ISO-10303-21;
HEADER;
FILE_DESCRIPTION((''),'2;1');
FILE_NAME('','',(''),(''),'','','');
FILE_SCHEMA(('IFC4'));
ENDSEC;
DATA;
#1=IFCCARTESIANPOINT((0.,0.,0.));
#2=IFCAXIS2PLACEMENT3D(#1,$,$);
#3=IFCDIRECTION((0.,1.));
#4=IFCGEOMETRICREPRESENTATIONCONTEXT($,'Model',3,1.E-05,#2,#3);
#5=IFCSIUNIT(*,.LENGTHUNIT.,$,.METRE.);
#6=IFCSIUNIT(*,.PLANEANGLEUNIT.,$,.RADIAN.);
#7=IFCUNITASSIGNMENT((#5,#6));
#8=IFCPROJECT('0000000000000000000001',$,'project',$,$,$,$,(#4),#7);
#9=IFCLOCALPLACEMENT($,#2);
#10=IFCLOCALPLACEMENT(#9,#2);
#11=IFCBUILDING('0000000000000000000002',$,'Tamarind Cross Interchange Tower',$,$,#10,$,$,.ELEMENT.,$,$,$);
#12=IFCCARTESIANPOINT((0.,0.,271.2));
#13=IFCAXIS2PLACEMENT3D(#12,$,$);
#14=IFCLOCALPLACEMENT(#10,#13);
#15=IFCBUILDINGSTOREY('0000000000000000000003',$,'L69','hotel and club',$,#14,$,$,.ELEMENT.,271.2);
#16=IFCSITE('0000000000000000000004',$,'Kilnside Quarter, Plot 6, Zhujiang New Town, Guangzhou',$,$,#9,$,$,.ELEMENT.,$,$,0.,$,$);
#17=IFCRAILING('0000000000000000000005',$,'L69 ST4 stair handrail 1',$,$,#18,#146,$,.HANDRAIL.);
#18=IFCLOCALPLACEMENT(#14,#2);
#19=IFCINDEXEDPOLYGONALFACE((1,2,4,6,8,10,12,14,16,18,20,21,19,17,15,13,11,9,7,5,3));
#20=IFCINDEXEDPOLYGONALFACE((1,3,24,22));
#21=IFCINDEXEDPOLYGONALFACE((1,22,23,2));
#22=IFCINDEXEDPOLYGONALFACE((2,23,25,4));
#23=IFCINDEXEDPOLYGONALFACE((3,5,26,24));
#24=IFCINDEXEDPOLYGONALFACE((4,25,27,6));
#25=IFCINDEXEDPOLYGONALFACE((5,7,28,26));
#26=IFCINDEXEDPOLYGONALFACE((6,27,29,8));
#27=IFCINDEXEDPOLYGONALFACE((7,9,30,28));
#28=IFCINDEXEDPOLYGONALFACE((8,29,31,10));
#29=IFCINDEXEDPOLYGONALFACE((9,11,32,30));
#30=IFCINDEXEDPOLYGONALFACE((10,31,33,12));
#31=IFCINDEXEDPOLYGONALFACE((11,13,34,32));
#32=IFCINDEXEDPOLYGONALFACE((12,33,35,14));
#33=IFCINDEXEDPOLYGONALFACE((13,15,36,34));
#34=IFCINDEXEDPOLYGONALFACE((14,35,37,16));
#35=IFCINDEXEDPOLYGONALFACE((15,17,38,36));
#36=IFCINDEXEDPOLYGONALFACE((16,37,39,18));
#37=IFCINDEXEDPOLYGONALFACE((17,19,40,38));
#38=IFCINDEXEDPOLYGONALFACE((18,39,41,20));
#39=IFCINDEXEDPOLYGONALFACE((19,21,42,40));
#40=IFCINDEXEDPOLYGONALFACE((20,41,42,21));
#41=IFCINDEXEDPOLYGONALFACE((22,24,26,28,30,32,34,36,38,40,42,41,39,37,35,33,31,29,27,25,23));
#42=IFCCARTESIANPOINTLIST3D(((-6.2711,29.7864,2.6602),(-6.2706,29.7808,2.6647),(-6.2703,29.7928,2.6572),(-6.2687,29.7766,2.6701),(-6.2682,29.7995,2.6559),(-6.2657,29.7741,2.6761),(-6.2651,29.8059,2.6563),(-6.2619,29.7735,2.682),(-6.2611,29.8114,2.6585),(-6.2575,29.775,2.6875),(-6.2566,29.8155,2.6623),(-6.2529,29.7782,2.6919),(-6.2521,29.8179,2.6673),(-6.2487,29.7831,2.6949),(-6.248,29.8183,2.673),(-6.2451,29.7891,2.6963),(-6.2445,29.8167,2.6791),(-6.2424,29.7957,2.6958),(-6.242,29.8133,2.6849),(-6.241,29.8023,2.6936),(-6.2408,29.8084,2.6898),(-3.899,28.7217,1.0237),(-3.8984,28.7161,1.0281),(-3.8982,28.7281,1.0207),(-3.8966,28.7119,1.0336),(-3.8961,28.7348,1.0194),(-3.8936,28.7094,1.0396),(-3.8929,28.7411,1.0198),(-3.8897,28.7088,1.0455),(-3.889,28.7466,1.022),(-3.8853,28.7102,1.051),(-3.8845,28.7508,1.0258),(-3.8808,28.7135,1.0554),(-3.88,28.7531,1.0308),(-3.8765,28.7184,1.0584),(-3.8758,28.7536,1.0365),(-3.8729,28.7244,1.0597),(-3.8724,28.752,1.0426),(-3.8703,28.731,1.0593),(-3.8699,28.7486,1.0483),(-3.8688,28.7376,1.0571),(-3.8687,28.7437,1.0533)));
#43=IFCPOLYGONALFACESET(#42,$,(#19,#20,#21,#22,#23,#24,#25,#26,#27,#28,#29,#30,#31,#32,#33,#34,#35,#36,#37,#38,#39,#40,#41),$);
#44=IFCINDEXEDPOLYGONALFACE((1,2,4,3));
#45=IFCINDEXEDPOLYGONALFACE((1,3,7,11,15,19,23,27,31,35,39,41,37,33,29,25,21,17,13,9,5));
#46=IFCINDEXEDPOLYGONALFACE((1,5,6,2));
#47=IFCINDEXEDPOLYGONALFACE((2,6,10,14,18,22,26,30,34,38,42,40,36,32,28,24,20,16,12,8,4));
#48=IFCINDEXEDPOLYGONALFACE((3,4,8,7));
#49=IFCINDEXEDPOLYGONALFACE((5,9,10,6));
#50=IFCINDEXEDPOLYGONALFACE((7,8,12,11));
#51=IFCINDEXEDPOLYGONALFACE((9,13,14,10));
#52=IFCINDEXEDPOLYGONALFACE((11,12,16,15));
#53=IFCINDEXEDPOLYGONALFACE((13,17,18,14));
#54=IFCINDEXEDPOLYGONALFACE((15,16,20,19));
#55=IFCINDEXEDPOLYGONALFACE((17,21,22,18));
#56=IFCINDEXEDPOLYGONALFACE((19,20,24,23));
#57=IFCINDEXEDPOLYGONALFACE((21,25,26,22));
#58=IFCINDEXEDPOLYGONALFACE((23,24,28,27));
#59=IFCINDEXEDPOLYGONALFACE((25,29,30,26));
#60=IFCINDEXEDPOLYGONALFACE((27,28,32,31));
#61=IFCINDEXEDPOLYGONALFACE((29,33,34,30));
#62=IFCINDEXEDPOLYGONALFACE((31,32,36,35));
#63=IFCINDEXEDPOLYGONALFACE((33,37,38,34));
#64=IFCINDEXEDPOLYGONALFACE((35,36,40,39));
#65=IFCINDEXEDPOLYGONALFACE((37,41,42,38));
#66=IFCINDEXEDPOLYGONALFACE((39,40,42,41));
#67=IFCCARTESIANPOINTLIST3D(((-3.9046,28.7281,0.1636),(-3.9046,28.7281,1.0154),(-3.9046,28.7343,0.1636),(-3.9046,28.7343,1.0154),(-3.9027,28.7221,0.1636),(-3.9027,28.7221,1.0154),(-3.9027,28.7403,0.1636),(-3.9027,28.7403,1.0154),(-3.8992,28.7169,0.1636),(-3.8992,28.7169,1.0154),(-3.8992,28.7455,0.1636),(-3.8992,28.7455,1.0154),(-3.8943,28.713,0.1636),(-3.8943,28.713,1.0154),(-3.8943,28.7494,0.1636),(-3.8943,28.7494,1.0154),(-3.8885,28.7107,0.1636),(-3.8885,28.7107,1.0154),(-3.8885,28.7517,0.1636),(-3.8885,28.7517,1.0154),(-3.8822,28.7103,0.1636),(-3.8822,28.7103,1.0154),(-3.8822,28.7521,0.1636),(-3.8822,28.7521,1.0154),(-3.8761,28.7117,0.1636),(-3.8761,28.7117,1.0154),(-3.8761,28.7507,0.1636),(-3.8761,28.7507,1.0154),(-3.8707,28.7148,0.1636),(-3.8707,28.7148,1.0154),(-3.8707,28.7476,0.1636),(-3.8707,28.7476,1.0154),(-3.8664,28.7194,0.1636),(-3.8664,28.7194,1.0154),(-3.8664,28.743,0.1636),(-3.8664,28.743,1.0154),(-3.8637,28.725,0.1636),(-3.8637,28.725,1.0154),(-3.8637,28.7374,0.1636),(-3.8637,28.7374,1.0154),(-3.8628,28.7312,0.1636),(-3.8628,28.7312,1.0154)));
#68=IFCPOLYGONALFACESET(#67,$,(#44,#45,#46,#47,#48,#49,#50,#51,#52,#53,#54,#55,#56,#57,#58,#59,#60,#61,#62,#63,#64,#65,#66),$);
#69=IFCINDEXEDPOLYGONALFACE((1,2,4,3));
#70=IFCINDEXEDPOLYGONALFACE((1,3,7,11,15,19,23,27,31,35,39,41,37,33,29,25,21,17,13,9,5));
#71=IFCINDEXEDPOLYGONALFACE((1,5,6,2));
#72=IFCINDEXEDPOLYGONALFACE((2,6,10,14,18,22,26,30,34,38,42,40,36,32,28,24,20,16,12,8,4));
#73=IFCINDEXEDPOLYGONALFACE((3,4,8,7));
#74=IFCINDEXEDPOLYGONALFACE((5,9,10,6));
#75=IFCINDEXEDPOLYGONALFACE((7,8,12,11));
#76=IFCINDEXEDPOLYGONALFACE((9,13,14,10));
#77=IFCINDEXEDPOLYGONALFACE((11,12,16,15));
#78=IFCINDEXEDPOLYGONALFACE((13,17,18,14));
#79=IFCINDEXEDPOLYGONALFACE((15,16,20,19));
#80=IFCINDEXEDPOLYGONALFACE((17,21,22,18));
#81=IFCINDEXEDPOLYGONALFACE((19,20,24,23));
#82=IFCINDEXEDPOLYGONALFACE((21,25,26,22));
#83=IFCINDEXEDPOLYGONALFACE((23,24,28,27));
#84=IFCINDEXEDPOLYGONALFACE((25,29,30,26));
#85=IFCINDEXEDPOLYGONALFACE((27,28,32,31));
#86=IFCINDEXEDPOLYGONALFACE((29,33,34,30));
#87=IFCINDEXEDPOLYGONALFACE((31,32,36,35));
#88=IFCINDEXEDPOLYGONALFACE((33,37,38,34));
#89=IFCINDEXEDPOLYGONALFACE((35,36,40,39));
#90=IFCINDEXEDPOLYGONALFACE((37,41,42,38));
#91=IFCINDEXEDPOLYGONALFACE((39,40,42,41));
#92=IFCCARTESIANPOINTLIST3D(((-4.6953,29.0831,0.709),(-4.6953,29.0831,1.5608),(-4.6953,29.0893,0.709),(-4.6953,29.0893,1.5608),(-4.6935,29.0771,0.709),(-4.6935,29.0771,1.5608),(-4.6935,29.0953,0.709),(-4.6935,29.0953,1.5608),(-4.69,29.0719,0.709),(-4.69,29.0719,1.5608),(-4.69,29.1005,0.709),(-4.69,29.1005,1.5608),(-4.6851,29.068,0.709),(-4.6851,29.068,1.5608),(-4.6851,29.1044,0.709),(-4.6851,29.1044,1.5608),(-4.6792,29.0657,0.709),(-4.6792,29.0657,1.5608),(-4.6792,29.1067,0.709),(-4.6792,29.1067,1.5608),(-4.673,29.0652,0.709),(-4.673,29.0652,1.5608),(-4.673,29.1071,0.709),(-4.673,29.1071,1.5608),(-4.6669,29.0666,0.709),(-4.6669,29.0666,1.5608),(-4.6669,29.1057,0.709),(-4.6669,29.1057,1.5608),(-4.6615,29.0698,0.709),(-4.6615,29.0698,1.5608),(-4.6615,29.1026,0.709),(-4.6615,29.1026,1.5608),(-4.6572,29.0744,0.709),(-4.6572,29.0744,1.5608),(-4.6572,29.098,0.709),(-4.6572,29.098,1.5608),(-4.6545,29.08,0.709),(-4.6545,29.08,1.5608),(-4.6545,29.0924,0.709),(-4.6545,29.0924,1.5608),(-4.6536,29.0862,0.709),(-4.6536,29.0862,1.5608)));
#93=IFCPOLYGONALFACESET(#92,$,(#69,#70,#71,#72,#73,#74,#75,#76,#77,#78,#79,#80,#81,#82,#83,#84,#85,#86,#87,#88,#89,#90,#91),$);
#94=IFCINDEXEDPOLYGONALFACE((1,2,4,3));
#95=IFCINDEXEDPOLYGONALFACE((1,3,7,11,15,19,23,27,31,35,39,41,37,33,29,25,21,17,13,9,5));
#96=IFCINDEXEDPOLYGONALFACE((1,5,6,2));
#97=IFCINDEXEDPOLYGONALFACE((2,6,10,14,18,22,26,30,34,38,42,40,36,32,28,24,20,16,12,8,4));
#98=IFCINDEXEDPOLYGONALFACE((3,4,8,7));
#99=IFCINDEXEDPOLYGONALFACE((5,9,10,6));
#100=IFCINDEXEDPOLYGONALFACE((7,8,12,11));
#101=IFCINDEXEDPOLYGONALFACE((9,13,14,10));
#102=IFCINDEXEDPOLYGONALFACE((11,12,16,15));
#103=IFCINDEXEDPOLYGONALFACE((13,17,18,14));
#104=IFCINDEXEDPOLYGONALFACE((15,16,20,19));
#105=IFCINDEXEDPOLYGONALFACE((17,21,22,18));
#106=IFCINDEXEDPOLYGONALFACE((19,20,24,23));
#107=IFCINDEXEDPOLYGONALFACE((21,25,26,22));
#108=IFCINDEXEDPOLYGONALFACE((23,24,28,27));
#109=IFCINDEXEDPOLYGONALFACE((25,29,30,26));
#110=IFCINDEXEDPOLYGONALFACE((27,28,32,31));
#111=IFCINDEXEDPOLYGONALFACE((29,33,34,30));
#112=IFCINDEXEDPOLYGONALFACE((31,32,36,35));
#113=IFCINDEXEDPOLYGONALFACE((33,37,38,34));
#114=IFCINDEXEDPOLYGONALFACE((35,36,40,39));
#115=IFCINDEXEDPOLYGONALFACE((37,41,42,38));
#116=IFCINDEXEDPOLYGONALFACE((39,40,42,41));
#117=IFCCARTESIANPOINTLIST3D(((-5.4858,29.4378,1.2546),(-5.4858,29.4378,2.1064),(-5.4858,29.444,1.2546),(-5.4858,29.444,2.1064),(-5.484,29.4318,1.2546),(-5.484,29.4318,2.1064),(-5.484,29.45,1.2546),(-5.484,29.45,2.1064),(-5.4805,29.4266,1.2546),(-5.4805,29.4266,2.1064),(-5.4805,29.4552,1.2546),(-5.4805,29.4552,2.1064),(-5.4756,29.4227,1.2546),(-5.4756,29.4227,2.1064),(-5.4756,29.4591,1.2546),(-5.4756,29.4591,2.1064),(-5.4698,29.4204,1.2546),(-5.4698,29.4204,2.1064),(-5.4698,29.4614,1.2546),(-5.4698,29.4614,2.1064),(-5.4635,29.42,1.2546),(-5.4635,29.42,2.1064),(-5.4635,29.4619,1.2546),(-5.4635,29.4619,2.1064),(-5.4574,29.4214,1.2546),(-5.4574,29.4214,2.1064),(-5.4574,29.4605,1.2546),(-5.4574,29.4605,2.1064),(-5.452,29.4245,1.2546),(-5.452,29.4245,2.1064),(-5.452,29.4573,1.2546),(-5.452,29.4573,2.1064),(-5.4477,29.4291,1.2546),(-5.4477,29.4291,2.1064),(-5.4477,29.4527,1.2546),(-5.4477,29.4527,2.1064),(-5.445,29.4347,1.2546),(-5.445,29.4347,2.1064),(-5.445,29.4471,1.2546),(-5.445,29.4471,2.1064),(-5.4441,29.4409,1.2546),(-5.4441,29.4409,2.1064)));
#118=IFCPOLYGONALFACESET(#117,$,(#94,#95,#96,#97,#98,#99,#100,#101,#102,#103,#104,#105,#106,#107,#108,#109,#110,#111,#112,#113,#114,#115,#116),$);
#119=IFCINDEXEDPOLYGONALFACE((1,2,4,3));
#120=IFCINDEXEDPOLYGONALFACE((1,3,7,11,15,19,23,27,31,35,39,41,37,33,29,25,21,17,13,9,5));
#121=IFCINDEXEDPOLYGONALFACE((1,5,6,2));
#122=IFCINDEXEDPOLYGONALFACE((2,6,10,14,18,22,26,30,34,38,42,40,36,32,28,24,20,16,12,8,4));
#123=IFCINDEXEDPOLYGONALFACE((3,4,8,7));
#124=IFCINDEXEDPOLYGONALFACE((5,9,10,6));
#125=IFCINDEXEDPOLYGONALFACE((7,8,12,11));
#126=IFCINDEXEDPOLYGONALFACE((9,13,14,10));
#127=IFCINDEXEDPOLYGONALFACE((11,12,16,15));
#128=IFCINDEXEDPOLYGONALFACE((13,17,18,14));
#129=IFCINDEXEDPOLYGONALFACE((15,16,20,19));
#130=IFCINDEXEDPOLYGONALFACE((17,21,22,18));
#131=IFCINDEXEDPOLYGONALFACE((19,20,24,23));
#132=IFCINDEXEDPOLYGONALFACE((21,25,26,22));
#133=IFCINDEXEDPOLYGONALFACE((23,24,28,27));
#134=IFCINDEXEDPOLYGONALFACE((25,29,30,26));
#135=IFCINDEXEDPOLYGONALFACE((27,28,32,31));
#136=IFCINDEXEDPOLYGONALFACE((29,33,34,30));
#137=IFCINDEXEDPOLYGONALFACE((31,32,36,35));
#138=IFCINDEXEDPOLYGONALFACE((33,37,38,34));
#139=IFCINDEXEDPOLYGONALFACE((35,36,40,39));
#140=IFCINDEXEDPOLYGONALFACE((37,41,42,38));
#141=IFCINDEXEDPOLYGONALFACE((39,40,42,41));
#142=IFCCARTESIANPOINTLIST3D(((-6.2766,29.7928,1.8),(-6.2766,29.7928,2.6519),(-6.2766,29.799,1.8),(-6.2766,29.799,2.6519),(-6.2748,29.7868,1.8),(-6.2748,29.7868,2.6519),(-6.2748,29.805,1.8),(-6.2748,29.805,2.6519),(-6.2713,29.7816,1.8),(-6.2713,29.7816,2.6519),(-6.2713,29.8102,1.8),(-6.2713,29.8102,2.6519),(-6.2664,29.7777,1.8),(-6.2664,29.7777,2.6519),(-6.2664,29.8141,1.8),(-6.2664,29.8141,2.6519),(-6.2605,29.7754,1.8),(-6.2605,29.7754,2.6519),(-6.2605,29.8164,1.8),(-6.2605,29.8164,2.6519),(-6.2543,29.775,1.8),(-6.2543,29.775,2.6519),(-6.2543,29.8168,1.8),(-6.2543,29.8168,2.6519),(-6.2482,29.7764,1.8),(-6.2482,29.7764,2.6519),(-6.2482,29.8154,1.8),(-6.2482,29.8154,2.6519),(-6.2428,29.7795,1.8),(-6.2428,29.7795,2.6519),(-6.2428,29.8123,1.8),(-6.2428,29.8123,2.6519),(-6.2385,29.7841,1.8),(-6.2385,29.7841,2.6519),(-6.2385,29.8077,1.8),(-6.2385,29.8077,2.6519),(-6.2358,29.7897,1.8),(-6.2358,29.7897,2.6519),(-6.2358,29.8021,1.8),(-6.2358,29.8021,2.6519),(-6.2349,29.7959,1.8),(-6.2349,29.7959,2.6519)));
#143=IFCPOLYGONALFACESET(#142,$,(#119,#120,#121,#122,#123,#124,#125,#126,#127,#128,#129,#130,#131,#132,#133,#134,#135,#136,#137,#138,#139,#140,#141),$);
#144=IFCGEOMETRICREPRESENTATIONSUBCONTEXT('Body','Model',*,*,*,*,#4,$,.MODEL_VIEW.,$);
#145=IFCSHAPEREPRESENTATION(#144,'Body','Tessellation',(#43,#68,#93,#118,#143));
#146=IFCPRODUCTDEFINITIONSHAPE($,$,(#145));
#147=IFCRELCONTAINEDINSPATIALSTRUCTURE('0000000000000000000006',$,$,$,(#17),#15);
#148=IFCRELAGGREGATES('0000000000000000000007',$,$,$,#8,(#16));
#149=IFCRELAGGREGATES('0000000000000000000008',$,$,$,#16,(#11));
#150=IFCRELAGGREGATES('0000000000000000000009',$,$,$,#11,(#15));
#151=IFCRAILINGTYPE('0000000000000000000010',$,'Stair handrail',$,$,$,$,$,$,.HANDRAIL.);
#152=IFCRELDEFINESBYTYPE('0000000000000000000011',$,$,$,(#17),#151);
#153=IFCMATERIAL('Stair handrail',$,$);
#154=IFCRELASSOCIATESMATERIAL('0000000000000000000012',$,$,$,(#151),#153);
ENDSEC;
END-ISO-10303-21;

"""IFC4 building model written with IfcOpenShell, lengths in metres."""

from ifc_helpers import new_model, si_unit, direction, frame, origin, origin_2d, place, context, subcontext, project, spatial, circle, extrude, material, type_object, element, save


model = new_model("IFC4")

# Units and contexts
model_context = context("Model", 3, precision=1e-05, world=origin(), true_north=direction((0.0, 1.0)))
body_context = subcontext(model_context, "Body", "Model", "MODEL_VIEW")
ifc_project = project(units=[si_unit("LENGTHUNIT", "METRE"), si_unit("PLANEANGLEUNIT", "RADIAN")], contexts=[model_context])

# Site, building, storey
site_placement = place(None, origin())
site = spatial("IfcSite", under=ifc_project, at=site_placement, Name="Kilnside Quarter, Plot 6, Zhujiang New Town, Guangzhou", CompositionType="ELEMENT", RefElevation=0.0)
building_placement = place(site_placement, origin())
building = spatial("IfcBuilding", under=site, at=building_placement, Name="Tamarind Cross Interchange Tower", CompositionType="ELEMENT")
storey_placement = place(building_placement, frame((0.0, 0.0, 271.2)))
storey = spatial("IfcBuildingStorey", under=building, at=storey_placement, Name="L69", Description="hotel and club", CompositionType="ELEMENT", Elevation=271.2)

# Railing
ifc_material_1 = material(Name="Stair handrail")
railing_type_1 = type_object("IfcRailingType", Name="Stair handrail", PredefinedType="HANDRAIL", material=ifc_material_1)
railing_1_placement = place(storey_placement, frame((-3.8838, 28.7312, 0.1636)))
element("IfcRailing", 1, at=railing_1_placement, inside=storey, type_object=railing_type_1, Name="L69 ST4 stair handrail 1", PredefinedType="HANDRAIL", context=body_context, shape_type="SweptSolid", body=[
    extrude(circle(Radius=0.0239, at=origin_2d()), frame((0.0, 0.0, 0.876), z_axis=(-0.772111, 0.34656, 0.532674), x_axis=(-0.40949, -0.912315, 0.0)), (0.0, 0.0, 1.0), 3.0723),
    extrude(circle(Radius=0.021, at=origin_2d()), origin(), (0.0, 0.0, 1.0), 0.8518),
    extrude(circle(Radius=0.021, at=origin_2d()), frame((-0.7908, 0.355, 0.5454)), (0.0, 0.0, 1.0), 0.8518),
    extrude(circle(Radius=0.021, at=origin_2d()), frame((-1.5813, 0.7097, 1.0911)), (0.0, 0.0, 1.0), 0.8518),
    extrude(circle(Radius=0.021, at=origin_2d()), frame((-2.3721, 1.0647, 1.6365)), (0.0, 0.0, 1.0), 0.8518),
])

save(model, "model.ifc")
